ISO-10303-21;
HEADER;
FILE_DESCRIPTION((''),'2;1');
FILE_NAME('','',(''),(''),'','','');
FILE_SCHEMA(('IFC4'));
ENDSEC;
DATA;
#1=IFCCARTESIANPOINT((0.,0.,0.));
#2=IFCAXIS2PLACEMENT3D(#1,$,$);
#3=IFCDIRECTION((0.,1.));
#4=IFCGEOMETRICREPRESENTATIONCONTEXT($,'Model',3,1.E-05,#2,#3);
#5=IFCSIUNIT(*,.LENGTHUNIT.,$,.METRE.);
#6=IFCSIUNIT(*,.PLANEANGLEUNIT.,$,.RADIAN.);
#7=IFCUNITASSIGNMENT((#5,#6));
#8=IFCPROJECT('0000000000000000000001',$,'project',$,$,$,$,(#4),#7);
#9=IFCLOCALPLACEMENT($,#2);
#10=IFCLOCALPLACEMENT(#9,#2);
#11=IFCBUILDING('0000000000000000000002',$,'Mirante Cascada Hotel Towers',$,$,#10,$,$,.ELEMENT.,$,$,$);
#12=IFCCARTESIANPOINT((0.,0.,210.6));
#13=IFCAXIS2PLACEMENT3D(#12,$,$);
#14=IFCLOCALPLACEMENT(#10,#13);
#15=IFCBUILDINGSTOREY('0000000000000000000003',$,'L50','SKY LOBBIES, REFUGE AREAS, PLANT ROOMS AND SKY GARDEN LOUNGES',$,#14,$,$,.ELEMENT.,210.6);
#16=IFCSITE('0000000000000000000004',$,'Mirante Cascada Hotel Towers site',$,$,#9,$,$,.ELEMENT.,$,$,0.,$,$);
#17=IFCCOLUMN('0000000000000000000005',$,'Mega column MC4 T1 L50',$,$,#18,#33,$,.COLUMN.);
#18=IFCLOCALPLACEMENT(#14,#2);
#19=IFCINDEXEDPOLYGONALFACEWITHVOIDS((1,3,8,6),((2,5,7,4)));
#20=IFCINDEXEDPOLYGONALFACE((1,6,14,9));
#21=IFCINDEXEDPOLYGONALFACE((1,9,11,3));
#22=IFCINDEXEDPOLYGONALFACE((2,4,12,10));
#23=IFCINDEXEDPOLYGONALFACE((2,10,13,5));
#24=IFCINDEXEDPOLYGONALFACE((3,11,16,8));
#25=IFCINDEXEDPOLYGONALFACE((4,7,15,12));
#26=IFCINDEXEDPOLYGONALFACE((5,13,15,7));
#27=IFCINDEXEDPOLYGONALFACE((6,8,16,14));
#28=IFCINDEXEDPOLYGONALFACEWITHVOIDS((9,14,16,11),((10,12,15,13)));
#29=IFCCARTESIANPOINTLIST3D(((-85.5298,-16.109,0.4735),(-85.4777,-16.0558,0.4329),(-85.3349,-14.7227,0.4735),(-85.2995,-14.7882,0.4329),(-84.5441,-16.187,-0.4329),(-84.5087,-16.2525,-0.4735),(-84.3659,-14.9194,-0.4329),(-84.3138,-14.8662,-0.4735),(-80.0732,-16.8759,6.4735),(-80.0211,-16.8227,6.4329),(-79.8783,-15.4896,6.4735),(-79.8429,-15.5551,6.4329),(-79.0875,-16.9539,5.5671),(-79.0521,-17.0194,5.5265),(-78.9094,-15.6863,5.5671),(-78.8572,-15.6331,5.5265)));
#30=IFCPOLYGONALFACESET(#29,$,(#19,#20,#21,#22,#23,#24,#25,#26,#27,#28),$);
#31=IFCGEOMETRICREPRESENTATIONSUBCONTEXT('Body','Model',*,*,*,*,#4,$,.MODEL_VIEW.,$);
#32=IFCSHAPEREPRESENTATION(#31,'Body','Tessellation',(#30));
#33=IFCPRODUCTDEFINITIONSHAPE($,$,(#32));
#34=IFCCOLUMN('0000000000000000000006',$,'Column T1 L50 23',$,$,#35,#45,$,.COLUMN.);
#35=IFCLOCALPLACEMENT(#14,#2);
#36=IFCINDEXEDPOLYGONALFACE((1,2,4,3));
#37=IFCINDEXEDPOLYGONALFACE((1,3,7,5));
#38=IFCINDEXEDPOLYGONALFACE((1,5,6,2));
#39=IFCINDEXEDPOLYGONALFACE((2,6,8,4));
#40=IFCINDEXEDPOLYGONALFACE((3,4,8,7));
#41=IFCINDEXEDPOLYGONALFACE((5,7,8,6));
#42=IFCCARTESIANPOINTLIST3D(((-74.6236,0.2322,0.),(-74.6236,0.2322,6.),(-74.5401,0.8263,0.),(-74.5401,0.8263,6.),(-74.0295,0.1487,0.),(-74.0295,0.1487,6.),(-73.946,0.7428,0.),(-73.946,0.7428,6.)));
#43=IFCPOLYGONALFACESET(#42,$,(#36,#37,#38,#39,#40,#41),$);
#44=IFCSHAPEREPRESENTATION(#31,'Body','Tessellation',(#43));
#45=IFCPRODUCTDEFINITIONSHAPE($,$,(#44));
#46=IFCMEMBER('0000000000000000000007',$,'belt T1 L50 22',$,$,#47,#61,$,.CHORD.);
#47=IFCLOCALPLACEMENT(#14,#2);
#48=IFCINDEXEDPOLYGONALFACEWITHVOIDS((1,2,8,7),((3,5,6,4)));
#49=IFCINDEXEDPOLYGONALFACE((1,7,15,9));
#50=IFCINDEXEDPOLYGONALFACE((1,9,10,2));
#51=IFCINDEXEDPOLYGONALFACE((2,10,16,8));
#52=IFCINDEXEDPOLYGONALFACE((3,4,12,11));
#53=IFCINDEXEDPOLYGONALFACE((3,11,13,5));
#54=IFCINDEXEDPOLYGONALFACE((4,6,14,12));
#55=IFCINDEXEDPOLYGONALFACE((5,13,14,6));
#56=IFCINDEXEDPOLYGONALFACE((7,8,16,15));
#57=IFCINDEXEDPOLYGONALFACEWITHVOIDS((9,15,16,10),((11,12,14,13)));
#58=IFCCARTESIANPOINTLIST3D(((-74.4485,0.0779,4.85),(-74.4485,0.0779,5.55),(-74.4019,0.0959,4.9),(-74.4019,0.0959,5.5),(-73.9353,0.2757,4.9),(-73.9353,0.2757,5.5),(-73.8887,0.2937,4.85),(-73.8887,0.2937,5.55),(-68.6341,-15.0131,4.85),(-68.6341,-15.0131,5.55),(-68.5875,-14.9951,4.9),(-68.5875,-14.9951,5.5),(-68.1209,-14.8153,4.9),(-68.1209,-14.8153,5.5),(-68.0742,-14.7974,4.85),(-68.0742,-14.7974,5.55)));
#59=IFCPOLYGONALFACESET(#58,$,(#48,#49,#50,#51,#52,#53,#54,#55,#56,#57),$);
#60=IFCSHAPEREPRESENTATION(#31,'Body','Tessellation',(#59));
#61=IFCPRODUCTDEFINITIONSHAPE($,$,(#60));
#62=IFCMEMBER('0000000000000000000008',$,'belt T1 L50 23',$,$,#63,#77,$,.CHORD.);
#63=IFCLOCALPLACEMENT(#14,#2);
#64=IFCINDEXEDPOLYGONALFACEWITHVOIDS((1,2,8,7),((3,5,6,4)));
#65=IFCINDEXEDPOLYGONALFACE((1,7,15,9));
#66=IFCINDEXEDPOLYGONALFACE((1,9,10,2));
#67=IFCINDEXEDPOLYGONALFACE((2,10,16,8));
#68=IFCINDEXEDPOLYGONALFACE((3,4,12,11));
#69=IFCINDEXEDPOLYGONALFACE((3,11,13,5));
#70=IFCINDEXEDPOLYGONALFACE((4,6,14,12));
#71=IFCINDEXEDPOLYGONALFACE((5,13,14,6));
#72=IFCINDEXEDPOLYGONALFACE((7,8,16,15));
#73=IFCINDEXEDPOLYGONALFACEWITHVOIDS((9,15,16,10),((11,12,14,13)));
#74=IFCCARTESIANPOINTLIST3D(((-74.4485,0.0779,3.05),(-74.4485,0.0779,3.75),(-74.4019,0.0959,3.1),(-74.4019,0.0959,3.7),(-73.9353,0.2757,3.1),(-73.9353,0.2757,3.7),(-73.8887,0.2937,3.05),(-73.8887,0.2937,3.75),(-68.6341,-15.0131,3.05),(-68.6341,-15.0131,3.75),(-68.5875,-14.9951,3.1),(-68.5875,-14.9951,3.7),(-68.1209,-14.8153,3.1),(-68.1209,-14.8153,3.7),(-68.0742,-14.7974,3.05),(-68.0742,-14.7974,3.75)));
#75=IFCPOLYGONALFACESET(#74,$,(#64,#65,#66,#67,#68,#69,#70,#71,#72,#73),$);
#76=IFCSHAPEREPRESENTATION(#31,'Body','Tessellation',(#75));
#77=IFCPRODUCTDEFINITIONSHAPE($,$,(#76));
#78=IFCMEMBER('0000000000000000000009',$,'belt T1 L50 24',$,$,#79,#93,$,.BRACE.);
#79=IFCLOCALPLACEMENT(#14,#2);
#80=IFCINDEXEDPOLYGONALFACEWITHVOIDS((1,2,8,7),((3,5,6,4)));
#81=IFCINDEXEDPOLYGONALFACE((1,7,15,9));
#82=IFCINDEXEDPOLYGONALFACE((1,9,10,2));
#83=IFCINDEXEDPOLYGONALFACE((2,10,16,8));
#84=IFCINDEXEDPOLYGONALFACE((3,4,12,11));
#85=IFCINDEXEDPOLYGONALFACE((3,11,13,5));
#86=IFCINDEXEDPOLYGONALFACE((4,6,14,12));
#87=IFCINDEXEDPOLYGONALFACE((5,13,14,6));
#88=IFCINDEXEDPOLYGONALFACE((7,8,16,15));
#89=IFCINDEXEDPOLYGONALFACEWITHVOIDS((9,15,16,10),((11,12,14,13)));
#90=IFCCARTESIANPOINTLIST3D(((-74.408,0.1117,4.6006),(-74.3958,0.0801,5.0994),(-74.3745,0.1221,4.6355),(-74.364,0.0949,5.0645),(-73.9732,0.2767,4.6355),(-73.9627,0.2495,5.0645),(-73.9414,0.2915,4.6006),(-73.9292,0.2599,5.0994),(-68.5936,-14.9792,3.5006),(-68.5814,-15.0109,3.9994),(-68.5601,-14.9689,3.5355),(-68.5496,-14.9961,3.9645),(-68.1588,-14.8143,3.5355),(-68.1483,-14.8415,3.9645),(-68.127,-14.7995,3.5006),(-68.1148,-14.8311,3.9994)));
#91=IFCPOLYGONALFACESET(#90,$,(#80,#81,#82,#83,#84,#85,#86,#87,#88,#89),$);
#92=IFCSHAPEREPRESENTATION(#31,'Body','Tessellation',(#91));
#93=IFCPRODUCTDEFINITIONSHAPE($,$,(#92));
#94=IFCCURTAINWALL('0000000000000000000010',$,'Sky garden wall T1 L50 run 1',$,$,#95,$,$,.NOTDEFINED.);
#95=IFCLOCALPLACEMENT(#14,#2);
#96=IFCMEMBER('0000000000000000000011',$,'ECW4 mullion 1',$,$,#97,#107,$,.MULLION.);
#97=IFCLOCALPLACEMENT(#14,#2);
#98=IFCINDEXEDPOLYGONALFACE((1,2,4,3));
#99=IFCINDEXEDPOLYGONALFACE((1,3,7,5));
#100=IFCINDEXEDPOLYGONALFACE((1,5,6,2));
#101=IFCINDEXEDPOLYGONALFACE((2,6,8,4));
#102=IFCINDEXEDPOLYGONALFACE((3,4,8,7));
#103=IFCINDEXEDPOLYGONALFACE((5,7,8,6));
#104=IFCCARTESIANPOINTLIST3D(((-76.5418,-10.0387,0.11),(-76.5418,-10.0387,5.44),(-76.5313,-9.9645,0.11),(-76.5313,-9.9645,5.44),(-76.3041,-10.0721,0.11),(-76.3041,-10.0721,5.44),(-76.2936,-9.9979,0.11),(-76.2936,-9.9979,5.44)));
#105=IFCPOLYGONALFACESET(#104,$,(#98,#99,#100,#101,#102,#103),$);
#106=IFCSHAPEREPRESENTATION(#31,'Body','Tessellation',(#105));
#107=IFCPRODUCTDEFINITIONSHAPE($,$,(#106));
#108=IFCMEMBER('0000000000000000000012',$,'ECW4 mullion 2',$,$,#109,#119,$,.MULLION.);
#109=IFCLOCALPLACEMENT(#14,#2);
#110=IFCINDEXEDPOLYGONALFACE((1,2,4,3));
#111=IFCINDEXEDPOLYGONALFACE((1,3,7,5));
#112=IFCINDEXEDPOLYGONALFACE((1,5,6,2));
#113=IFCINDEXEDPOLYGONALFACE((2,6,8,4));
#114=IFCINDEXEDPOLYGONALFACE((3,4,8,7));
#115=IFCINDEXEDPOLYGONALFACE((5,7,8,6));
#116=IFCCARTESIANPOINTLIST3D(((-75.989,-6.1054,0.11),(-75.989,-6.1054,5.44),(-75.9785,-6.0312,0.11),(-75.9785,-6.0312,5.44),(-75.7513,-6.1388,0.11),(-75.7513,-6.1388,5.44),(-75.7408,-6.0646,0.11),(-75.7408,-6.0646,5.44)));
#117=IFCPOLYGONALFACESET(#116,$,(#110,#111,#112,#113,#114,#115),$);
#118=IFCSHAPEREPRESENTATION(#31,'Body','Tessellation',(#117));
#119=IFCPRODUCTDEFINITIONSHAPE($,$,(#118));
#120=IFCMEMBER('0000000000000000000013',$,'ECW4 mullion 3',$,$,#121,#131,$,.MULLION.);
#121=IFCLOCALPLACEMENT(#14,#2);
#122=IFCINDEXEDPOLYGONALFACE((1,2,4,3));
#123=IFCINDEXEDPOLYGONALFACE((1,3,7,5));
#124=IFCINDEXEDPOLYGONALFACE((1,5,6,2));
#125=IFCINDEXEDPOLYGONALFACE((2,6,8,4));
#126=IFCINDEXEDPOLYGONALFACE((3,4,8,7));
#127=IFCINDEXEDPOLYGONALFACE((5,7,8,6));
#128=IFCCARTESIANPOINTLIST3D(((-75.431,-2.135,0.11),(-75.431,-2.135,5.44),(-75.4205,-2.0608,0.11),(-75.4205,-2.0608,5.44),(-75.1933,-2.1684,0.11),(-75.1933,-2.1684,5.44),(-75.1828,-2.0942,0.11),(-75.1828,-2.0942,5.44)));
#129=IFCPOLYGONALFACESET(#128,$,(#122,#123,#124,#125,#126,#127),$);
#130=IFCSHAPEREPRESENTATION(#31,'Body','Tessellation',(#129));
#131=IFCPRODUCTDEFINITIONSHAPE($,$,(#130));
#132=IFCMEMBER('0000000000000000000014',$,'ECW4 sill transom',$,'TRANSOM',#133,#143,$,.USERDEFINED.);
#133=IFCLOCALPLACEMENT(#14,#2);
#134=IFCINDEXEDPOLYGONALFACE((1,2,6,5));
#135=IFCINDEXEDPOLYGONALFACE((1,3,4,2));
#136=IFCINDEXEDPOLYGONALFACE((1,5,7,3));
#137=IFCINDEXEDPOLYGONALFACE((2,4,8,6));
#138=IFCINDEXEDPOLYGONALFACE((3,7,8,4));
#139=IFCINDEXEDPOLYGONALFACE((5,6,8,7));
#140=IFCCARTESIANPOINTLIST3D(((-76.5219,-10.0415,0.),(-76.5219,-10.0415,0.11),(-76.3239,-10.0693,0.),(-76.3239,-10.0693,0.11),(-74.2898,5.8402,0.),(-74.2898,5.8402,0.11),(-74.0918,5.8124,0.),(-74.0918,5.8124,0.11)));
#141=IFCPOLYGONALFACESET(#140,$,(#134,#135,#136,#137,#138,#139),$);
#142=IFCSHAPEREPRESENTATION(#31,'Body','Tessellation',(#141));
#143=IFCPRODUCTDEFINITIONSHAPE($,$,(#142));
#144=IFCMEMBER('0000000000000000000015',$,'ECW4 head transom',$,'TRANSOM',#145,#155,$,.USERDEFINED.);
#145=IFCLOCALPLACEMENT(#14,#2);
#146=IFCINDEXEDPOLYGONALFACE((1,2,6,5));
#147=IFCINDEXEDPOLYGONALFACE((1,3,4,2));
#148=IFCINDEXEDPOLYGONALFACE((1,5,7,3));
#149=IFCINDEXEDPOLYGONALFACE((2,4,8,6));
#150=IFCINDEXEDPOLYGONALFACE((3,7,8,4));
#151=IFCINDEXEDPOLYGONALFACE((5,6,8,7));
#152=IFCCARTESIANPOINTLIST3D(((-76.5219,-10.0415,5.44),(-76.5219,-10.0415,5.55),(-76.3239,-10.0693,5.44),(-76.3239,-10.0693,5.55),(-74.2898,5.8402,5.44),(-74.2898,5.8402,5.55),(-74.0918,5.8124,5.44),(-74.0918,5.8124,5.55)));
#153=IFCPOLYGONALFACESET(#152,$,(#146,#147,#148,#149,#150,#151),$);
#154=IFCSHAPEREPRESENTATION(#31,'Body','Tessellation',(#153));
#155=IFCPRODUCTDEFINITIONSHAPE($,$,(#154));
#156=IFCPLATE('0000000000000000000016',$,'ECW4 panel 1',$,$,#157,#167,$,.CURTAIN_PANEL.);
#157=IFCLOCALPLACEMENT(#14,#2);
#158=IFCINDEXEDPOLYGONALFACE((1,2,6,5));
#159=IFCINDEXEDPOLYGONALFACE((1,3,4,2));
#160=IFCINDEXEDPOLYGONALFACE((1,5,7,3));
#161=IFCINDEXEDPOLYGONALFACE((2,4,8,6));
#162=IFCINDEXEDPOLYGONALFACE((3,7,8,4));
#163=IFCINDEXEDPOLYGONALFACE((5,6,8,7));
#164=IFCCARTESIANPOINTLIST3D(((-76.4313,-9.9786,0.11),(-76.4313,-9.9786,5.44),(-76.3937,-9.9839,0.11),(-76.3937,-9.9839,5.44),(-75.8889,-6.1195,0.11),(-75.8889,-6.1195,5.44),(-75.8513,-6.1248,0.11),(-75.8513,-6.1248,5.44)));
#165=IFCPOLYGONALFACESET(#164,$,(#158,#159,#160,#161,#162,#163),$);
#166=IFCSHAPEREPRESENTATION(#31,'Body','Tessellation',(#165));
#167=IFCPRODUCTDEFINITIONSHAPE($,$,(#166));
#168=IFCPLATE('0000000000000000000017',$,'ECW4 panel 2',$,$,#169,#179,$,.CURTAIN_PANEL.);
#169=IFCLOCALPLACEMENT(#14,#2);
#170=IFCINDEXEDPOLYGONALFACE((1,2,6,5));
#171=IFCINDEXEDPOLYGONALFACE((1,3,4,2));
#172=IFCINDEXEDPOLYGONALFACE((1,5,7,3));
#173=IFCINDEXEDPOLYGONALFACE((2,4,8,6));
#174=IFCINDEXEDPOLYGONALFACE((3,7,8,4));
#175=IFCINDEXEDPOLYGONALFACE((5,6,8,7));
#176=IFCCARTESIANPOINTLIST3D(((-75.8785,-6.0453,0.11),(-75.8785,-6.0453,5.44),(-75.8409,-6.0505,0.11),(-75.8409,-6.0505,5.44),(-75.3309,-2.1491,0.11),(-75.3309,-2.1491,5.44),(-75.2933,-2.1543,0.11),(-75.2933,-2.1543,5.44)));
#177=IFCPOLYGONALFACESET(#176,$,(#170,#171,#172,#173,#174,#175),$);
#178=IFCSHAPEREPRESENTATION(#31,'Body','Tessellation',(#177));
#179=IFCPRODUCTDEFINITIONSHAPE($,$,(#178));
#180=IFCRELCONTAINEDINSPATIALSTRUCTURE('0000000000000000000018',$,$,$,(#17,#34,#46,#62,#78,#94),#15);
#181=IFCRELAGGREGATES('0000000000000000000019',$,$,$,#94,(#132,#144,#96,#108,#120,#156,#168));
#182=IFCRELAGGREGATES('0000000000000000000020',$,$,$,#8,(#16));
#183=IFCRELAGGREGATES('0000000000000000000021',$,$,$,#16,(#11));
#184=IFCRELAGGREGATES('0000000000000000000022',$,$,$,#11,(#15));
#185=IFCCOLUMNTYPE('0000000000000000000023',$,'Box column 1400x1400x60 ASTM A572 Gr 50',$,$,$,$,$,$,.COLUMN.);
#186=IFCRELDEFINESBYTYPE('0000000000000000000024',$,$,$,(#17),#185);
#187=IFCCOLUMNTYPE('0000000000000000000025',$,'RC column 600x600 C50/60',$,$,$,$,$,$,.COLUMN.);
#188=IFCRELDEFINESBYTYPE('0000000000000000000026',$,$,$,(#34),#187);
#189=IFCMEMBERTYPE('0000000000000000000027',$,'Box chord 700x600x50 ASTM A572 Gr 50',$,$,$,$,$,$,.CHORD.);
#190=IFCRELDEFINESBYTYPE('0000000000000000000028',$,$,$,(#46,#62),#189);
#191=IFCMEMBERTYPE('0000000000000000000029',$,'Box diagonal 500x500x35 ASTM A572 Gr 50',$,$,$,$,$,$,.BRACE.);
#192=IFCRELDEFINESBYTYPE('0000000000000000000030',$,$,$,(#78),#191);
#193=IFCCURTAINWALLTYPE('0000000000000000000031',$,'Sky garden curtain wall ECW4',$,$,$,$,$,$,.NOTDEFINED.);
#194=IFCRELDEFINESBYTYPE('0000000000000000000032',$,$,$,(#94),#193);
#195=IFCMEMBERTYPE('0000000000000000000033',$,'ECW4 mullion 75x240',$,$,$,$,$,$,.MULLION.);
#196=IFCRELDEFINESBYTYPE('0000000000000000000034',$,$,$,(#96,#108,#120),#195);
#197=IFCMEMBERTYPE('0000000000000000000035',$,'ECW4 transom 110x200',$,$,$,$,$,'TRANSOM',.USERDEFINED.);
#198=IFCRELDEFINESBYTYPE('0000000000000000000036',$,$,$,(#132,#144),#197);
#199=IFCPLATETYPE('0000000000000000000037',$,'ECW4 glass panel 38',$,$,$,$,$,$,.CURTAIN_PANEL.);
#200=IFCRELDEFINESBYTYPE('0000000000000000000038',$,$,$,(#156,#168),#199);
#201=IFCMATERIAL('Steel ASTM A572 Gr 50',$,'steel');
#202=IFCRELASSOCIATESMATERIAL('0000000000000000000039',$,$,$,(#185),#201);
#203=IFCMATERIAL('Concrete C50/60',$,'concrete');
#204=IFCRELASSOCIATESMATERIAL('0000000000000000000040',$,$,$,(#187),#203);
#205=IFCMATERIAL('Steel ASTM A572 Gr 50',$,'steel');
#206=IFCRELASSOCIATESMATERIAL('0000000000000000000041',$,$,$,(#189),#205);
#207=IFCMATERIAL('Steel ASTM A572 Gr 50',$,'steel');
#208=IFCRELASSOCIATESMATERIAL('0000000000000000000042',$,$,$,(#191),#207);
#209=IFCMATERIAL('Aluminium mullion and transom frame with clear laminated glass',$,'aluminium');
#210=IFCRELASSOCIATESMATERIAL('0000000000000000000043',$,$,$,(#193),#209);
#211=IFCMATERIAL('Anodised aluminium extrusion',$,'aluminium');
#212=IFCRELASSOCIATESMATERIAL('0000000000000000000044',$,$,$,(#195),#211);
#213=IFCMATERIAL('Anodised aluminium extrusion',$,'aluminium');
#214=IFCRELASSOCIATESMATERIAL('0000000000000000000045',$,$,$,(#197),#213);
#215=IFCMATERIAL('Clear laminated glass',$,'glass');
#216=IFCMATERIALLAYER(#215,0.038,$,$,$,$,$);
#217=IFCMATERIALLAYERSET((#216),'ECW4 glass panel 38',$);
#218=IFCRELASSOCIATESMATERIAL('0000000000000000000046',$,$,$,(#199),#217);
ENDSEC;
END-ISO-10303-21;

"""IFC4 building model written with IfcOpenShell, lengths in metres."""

from ifc_helpers import new_model, si_unit, direction, frame, origin, origin_2d, place, context, subcontext, project, spatial, rectangle, hollow_rectangle, extrude, material, layer, layer_set, material_profile, profile_set, type_object, element, aggregate, save


model = new_model("IFC4")

# Units and contexts
model_context = context("Model", 3, precision=1e-05, world=origin(), true_north=direction((0.0, 1.0)))
body_context = subcontext(model_context, "Body", "Model", "MODEL_VIEW")
ifc_project = project(units=[si_unit("LENGTHUNIT", "METRE"), si_unit("PLANEANGLEUNIT", "RADIAN")], contexts=[model_context])

# Site, building, storey
site_placement = place(None, origin())
site = spatial("IfcSite", under=ifc_project, at=site_placement, Name="Mirante Cascada Hotel Towers site", CompositionType="ELEMENT", RefElevation=0.0)
building_placement = place(site_placement, origin())
building = spatial("IfcBuilding", under=site, at=building_placement, Name="Mirante Cascada Hotel Towers", CompositionType="ELEMENT")
storey_placement = place(building_placement, frame((0.0, 0.0, 210.6)))
storey = spatial("IfcBuildingStorey", under=building, at=storey_placement, Name="L50", Description="SKY LOBBIES, REFUGE AREAS, PLANT ROOMS AND SKY GARDEN LOUNGES", CompositionType="ELEMENT", Elevation=210.6)

# Columns
ifc_material_1 = material(Name="Steel ASTM A572 Gr 50", Category="steel")
ifc_material_profile_1 = material_profile(ifc_material_1, hollow_rectangle(XDim=1.4, YDim=1.4, WallThickness=0.06, at=origin_2d()), Name="Box column 1400x1400x60 ASTM A572 Gr 50")
ifc_profile_set_1 = profile_set([ifc_material_profile_1], Name="Steel ASTM A572 Gr 50")
column_type_1 = type_object("IfcColumnType", Name="Box column 1400x1400x60 ASTM A572 Gr 50", PredefinedType="COLUMN", material=ifc_profile_set_1)
column_1_placement = place(storey_placement, frame((-84.9218, -15.4876, 0.0), z_axis=(0.669824, -0.094141, 0.736528), x_axis=(0.139178, 0.990267, 0.0)))
element("IfcColumn", 1, at=column_1_placement, inside=storey, type_object=column_type_1, Name="Mega column MC4 T1 L50", PredefinedType="COLUMN", context=body_context, shape_type="SweptSolid", body=[
    extrude(hollow_rectangle(XDim=1.4, YDim=1.4, WallThickness=0.06, at=origin_2d()), origin(), (0.0, 0.0, 1.0), 8.1463),
])
ifc_material_2 = material(Name="Concrete C50/60", Category="concrete")
ifc_material_profile_2 = material_profile(ifc_material_2, rectangle(XDim=0.6, YDim=0.6, at=origin_2d()), Name="RC column 600x600 C50/60")
ifc_profile_set_2 = profile_set([ifc_material_profile_2], Name="Concrete C50/60")
column_type_2 = type_object("IfcColumnType", Name="RC column 600x600 C50/60", PredefinedType="COLUMN", material=ifc_profile_set_2)
column_2_placement = place(storey_placement, frame((-74.2848, 0.4875, 0.0), z_axis=(0.0, 0.0, 1.0), x_axis=(-0.990268, 0.139173, 0.0)))
element("IfcColumn", 2, at=column_2_placement, inside=storey, type_object=column_type_2, Name="Column T1 L50 23", PredefinedType="COLUMN", context=body_context, shape_type="SweptSolid", body=[
    extrude(rectangle(XDim=0.6, YDim=0.6, at=origin_2d()), origin(), (0.0, 0.0, 1.0), 6.0),
])

# Members
ifc_material_3 = material(Name="Steel ASTM A572 Gr 50", Category="steel")
ifc_material_profile_3 = material_profile(ifc_material_3, hollow_rectangle(XDim=0.6, YDim=0.7, WallThickness=0.05, at=origin_2d()), Name="Box chord 700x600x50 ASTM A572 Gr 50")
ifc_profile_set_3 = profile_set([ifc_material_profile_3], Name="Steel ASTM A572 Gr 50")
member_type_1 = type_object("IfcMemberType", Name="Box chord 700x600x50 ASTM A572 Gr 50", PredefinedType="CHORD", material=ifc_profile_set_3)
for number, where, z_axis, x_axis, name in (
    (3, (-74.1686, 0.1858, 5.2), (0.359527, -0.933135, 0.0), (0.933135, 0.359527, 0.0), "belt T1 L50 22"),
    (4, (-74.1686, 0.1858, 3.4), (0.359527, -0.933135, 0.0), (0.933135, 0.359527, 0.0), "belt T1 L50 23"),
):
    element("IfcMember", number, at=place(storey_placement, frame(where, z_axis=z_axis, x_axis=x_axis)), inside=storey, type_object=member_type_1, Name=name, PredefinedType="CHORD", context=body_context, shape_type="SweptSolid", body=[
        extrude(hollow_rectangle(XDim=0.6, YDim=0.7, WallThickness=0.05, at=origin_2d()), origin(), (0.0, 0.0, 1.0), 16.1724),
    ])
ifc_material_4 = material(Name="Steel ASTM A572 Gr 50", Category="steel")
ifc_material_profile_4 = material_profile(ifc_material_4, hollow_rectangle(XDim=0.5, YDim=0.5, WallThickness=0.035, at=origin_2d()), Name="Box diagonal 500x500x35 ASTM A572 Gr 50")
ifc_profile_set_4 = profile_set([ifc_material_profile_4], Name="Steel ASTM A572 Gr 50")
member_type_2 = type_object("IfcMemberType", Name="Box diagonal 500x500x35 ASTM A572 Gr 50", PredefinedType="BRACE", material=ifc_profile_set_4)
member_1_placement = place(storey_placement, frame((-74.1686, 0.1858, 4.85), z_axis=(0.358698, -0.930984, -0.067861), x_axis=(0.933135, 0.359527, 0.0)))
element("IfcMember", 5, at=member_1_placement, inside=storey, type_object=member_type_2, Name="belt T1 L50 24", PredefinedType="BRACE", context=body_context, shape_type="SweptSolid", body=[
    extrude(hollow_rectangle(XDim=0.5, YDim=0.5, WallThickness=0.035, at=origin_2d()), origin(), (0.0, 0.0, 1.0), 16.2097),
])

# Curtain wall, members, plates
ifc_material_5 = material(Name="Aluminium mullion and transom frame with clear laminated glass", Category="aluminium")
curtain_wall_type = type_object("IfcCurtainWallType", Name="Sky garden curtain wall ECW4", PredefinedType="NOTDEFINED", material=ifc_material_5)
curtain_wall_placement = place(storey_placement, origin())
curtain_wall = element("IfcCurtainWall", 6, at=curtain_wall_placement, inside=storey, type_object=curtain_wall_type, Name="Sky garden wall T1 L50 run 1", PredefinedType="NOTDEFINED")
ifc_material_6 = material(Name="Anodised aluminium extrusion", Category="aluminium")
ifc_material_profile_5 = material_profile(ifc_material_6, rectangle(XDim=0.24, YDim=0.075, at=origin_2d()), Name="ECW4 MULLION 75x240")
ifc_profile_set_5 = profile_set([ifc_material_profile_5], Name="Anodised aluminium extrusion")
member_type_3 = type_object("IfcMemberType", Name="ECW4 mullion 75x240", PredefinedType="MULLION", material=ifc_profile_set_5)
member_2_placement = place(storey_placement, frame((-76.4177, -10.0183, 0.11), z_axis=(0.0, 0.0, 1.0), x_axis=(-0.990268, 0.139173, 0.0)))
member_2 = element("IfcMember", 7, at=member_2_placement, type_object=member_type_3, Name="ECW4 mullion 1", PredefinedType="MULLION", context=body_context, shape_type="SweptSolid", body=[
    extrude(rectangle(XDim=0.24, YDim=0.075, at=origin_2d()), origin(), (0.0, 0.0, 1.0), 5.33),
])
member_3_placement = place(storey_placement, frame((-75.8649, -6.085, 0.11), z_axis=(0.0, 0.0, 1.0), x_axis=(-0.990268, 0.139173, 0.0)))
member_3 = element("IfcMember", 8, at=member_3_placement, type_object=member_type_3, Name="ECW4 mullion 2", PredefinedType="MULLION", context=body_context, shape_type="SweptSolid", body=[
    extrude(rectangle(XDim=0.24, YDim=0.075, at=origin_2d()), origin(), (0.0, 0.0, 1.0), 5.33),
])
member_4_placement = place(storey_placement, frame((-75.3069, -2.1146, 0.11), z_axis=(0.0, 0.0, 1.0), x_axis=(-0.990268, 0.139173, 0.0)))
member_4 = element("IfcMember", 9, at=member_4_placement, type_object=member_type_3, Name="ECW4 mullion 3", PredefinedType="MULLION", context=body_context, shape_type="SweptSolid", body=[
    extrude(rectangle(XDim=0.24, YDim=0.075, at=origin_2d()), origin(), (0.0, 0.0, 1.0), 5.33),
])
ifc_material_7 = material(Name="Anodised aluminium extrusion", Category="aluminium")
ifc_material_profile_6 = material_profile(ifc_material_7, rectangle(XDim=0.2, YDim=0.11, at=origin_2d()), Name="ECW4 TRANSOM 110x200")
ifc_profile_set_6 = profile_set([ifc_material_profile_6], Name="Anodised aluminium extrusion")
member_type_4 = type_object("IfcMemberType", Name="ECW4 transom 110x200", ElementType="TRANSOM", PredefinedType="USERDEFINED", material=ifc_profile_set_6)
member_5_placement = place(storey_placement, frame((-76.4229, -10.0554, 0.055), z_axis=(0.139178, 0.990267, 0.0), x_axis=(-0.990267, 0.139178, 0.0)))
member_5 = element("IfcMember", 10, at=member_5_placement, type_object=member_type_4, Name="ECW4 sill transom", ObjectType="TRANSOM", PredefinedType="USERDEFINED", context=body_context, shape_type="SweptSolid", body=[
    extrude(rectangle(XDim=0.2, YDim=0.11, at=origin_2d()), origin(), (0.0, 0.0, 1.0), 16.0378),
])
member_6_placement = place(storey_placement, frame((-76.4229, -10.0554, 5.495), z_axis=(0.139178, 0.990267, 0.0), x_axis=(-0.990267, 0.139178, 0.0)))
member_6 = element("IfcMember", 11, at=member_6_placement, type_object=member_type_4, Name="ECW4 head transom", ObjectType="TRANSOM", PredefinedType="USERDEFINED", context=body_context, shape_type="SweptSolid", body=[
    extrude(rectangle(XDim=0.2, YDim=0.11, at=origin_2d()), origin(), (0.0, 0.0, 1.0), 16.0378),
])
ifc_material_8 = material(Name="Clear laminated glass", Category="glass")
ifc_layer_1 = layer(ifc_material_8, 0.038)
ifc_layer_set_1 = layer_set([ifc_layer_1], Name="ECW4 glass panel 38")
plate_type = type_object("IfcPlateType", Name="ECW4 glass panel 38", PredefinedType="CURTAIN_PANEL", material=ifc_layer_set_1)
plate_1_placement = place(storey_placement, frame((-76.1413, -8.0517, 0.11), z_axis=(0.0, 0.0, 1.0), x_axis=(0.139173, 0.990268, 0.0)))
plate_1 = element("IfcPlate", 12, at=plate_1_placement, type_object=plate_type, Name="ECW4 panel 1", PredefinedType="CURTAIN_PANEL", context=body_context, shape_type="SweptSolid", body=[
    extrude(rectangle(XDim=3.897, YDim=0.038, at=origin_2d()), origin(), (0.0, 0.0, 1.0), 5.33),
])
plate_2_placement = place(storey_placement, frame((-75.5859, -4.0998, 0.11), z_axis=(0.0, 0.0, 1.0), x_axis=(0.139173, 0.990268, 0.0)))
plate_2 = element("IfcPlate", 13, at=plate_2_placement, type_object=plate_type, Name="ECW4 panel 2", PredefinedType="CURTAIN_PANEL", context=body_context, shape_type="SweptSolid", body=[
    extrude(rectangle(XDim=3.9345, YDim=0.038, at=origin_2d()), origin(), (0.0, 0.0, 1.0), 5.33),
])
aggregate(curtain_wall, [member_5, member_6, member_2, member_3, member_4, plate_1, plate_2])

save(model, "model.ifc")
